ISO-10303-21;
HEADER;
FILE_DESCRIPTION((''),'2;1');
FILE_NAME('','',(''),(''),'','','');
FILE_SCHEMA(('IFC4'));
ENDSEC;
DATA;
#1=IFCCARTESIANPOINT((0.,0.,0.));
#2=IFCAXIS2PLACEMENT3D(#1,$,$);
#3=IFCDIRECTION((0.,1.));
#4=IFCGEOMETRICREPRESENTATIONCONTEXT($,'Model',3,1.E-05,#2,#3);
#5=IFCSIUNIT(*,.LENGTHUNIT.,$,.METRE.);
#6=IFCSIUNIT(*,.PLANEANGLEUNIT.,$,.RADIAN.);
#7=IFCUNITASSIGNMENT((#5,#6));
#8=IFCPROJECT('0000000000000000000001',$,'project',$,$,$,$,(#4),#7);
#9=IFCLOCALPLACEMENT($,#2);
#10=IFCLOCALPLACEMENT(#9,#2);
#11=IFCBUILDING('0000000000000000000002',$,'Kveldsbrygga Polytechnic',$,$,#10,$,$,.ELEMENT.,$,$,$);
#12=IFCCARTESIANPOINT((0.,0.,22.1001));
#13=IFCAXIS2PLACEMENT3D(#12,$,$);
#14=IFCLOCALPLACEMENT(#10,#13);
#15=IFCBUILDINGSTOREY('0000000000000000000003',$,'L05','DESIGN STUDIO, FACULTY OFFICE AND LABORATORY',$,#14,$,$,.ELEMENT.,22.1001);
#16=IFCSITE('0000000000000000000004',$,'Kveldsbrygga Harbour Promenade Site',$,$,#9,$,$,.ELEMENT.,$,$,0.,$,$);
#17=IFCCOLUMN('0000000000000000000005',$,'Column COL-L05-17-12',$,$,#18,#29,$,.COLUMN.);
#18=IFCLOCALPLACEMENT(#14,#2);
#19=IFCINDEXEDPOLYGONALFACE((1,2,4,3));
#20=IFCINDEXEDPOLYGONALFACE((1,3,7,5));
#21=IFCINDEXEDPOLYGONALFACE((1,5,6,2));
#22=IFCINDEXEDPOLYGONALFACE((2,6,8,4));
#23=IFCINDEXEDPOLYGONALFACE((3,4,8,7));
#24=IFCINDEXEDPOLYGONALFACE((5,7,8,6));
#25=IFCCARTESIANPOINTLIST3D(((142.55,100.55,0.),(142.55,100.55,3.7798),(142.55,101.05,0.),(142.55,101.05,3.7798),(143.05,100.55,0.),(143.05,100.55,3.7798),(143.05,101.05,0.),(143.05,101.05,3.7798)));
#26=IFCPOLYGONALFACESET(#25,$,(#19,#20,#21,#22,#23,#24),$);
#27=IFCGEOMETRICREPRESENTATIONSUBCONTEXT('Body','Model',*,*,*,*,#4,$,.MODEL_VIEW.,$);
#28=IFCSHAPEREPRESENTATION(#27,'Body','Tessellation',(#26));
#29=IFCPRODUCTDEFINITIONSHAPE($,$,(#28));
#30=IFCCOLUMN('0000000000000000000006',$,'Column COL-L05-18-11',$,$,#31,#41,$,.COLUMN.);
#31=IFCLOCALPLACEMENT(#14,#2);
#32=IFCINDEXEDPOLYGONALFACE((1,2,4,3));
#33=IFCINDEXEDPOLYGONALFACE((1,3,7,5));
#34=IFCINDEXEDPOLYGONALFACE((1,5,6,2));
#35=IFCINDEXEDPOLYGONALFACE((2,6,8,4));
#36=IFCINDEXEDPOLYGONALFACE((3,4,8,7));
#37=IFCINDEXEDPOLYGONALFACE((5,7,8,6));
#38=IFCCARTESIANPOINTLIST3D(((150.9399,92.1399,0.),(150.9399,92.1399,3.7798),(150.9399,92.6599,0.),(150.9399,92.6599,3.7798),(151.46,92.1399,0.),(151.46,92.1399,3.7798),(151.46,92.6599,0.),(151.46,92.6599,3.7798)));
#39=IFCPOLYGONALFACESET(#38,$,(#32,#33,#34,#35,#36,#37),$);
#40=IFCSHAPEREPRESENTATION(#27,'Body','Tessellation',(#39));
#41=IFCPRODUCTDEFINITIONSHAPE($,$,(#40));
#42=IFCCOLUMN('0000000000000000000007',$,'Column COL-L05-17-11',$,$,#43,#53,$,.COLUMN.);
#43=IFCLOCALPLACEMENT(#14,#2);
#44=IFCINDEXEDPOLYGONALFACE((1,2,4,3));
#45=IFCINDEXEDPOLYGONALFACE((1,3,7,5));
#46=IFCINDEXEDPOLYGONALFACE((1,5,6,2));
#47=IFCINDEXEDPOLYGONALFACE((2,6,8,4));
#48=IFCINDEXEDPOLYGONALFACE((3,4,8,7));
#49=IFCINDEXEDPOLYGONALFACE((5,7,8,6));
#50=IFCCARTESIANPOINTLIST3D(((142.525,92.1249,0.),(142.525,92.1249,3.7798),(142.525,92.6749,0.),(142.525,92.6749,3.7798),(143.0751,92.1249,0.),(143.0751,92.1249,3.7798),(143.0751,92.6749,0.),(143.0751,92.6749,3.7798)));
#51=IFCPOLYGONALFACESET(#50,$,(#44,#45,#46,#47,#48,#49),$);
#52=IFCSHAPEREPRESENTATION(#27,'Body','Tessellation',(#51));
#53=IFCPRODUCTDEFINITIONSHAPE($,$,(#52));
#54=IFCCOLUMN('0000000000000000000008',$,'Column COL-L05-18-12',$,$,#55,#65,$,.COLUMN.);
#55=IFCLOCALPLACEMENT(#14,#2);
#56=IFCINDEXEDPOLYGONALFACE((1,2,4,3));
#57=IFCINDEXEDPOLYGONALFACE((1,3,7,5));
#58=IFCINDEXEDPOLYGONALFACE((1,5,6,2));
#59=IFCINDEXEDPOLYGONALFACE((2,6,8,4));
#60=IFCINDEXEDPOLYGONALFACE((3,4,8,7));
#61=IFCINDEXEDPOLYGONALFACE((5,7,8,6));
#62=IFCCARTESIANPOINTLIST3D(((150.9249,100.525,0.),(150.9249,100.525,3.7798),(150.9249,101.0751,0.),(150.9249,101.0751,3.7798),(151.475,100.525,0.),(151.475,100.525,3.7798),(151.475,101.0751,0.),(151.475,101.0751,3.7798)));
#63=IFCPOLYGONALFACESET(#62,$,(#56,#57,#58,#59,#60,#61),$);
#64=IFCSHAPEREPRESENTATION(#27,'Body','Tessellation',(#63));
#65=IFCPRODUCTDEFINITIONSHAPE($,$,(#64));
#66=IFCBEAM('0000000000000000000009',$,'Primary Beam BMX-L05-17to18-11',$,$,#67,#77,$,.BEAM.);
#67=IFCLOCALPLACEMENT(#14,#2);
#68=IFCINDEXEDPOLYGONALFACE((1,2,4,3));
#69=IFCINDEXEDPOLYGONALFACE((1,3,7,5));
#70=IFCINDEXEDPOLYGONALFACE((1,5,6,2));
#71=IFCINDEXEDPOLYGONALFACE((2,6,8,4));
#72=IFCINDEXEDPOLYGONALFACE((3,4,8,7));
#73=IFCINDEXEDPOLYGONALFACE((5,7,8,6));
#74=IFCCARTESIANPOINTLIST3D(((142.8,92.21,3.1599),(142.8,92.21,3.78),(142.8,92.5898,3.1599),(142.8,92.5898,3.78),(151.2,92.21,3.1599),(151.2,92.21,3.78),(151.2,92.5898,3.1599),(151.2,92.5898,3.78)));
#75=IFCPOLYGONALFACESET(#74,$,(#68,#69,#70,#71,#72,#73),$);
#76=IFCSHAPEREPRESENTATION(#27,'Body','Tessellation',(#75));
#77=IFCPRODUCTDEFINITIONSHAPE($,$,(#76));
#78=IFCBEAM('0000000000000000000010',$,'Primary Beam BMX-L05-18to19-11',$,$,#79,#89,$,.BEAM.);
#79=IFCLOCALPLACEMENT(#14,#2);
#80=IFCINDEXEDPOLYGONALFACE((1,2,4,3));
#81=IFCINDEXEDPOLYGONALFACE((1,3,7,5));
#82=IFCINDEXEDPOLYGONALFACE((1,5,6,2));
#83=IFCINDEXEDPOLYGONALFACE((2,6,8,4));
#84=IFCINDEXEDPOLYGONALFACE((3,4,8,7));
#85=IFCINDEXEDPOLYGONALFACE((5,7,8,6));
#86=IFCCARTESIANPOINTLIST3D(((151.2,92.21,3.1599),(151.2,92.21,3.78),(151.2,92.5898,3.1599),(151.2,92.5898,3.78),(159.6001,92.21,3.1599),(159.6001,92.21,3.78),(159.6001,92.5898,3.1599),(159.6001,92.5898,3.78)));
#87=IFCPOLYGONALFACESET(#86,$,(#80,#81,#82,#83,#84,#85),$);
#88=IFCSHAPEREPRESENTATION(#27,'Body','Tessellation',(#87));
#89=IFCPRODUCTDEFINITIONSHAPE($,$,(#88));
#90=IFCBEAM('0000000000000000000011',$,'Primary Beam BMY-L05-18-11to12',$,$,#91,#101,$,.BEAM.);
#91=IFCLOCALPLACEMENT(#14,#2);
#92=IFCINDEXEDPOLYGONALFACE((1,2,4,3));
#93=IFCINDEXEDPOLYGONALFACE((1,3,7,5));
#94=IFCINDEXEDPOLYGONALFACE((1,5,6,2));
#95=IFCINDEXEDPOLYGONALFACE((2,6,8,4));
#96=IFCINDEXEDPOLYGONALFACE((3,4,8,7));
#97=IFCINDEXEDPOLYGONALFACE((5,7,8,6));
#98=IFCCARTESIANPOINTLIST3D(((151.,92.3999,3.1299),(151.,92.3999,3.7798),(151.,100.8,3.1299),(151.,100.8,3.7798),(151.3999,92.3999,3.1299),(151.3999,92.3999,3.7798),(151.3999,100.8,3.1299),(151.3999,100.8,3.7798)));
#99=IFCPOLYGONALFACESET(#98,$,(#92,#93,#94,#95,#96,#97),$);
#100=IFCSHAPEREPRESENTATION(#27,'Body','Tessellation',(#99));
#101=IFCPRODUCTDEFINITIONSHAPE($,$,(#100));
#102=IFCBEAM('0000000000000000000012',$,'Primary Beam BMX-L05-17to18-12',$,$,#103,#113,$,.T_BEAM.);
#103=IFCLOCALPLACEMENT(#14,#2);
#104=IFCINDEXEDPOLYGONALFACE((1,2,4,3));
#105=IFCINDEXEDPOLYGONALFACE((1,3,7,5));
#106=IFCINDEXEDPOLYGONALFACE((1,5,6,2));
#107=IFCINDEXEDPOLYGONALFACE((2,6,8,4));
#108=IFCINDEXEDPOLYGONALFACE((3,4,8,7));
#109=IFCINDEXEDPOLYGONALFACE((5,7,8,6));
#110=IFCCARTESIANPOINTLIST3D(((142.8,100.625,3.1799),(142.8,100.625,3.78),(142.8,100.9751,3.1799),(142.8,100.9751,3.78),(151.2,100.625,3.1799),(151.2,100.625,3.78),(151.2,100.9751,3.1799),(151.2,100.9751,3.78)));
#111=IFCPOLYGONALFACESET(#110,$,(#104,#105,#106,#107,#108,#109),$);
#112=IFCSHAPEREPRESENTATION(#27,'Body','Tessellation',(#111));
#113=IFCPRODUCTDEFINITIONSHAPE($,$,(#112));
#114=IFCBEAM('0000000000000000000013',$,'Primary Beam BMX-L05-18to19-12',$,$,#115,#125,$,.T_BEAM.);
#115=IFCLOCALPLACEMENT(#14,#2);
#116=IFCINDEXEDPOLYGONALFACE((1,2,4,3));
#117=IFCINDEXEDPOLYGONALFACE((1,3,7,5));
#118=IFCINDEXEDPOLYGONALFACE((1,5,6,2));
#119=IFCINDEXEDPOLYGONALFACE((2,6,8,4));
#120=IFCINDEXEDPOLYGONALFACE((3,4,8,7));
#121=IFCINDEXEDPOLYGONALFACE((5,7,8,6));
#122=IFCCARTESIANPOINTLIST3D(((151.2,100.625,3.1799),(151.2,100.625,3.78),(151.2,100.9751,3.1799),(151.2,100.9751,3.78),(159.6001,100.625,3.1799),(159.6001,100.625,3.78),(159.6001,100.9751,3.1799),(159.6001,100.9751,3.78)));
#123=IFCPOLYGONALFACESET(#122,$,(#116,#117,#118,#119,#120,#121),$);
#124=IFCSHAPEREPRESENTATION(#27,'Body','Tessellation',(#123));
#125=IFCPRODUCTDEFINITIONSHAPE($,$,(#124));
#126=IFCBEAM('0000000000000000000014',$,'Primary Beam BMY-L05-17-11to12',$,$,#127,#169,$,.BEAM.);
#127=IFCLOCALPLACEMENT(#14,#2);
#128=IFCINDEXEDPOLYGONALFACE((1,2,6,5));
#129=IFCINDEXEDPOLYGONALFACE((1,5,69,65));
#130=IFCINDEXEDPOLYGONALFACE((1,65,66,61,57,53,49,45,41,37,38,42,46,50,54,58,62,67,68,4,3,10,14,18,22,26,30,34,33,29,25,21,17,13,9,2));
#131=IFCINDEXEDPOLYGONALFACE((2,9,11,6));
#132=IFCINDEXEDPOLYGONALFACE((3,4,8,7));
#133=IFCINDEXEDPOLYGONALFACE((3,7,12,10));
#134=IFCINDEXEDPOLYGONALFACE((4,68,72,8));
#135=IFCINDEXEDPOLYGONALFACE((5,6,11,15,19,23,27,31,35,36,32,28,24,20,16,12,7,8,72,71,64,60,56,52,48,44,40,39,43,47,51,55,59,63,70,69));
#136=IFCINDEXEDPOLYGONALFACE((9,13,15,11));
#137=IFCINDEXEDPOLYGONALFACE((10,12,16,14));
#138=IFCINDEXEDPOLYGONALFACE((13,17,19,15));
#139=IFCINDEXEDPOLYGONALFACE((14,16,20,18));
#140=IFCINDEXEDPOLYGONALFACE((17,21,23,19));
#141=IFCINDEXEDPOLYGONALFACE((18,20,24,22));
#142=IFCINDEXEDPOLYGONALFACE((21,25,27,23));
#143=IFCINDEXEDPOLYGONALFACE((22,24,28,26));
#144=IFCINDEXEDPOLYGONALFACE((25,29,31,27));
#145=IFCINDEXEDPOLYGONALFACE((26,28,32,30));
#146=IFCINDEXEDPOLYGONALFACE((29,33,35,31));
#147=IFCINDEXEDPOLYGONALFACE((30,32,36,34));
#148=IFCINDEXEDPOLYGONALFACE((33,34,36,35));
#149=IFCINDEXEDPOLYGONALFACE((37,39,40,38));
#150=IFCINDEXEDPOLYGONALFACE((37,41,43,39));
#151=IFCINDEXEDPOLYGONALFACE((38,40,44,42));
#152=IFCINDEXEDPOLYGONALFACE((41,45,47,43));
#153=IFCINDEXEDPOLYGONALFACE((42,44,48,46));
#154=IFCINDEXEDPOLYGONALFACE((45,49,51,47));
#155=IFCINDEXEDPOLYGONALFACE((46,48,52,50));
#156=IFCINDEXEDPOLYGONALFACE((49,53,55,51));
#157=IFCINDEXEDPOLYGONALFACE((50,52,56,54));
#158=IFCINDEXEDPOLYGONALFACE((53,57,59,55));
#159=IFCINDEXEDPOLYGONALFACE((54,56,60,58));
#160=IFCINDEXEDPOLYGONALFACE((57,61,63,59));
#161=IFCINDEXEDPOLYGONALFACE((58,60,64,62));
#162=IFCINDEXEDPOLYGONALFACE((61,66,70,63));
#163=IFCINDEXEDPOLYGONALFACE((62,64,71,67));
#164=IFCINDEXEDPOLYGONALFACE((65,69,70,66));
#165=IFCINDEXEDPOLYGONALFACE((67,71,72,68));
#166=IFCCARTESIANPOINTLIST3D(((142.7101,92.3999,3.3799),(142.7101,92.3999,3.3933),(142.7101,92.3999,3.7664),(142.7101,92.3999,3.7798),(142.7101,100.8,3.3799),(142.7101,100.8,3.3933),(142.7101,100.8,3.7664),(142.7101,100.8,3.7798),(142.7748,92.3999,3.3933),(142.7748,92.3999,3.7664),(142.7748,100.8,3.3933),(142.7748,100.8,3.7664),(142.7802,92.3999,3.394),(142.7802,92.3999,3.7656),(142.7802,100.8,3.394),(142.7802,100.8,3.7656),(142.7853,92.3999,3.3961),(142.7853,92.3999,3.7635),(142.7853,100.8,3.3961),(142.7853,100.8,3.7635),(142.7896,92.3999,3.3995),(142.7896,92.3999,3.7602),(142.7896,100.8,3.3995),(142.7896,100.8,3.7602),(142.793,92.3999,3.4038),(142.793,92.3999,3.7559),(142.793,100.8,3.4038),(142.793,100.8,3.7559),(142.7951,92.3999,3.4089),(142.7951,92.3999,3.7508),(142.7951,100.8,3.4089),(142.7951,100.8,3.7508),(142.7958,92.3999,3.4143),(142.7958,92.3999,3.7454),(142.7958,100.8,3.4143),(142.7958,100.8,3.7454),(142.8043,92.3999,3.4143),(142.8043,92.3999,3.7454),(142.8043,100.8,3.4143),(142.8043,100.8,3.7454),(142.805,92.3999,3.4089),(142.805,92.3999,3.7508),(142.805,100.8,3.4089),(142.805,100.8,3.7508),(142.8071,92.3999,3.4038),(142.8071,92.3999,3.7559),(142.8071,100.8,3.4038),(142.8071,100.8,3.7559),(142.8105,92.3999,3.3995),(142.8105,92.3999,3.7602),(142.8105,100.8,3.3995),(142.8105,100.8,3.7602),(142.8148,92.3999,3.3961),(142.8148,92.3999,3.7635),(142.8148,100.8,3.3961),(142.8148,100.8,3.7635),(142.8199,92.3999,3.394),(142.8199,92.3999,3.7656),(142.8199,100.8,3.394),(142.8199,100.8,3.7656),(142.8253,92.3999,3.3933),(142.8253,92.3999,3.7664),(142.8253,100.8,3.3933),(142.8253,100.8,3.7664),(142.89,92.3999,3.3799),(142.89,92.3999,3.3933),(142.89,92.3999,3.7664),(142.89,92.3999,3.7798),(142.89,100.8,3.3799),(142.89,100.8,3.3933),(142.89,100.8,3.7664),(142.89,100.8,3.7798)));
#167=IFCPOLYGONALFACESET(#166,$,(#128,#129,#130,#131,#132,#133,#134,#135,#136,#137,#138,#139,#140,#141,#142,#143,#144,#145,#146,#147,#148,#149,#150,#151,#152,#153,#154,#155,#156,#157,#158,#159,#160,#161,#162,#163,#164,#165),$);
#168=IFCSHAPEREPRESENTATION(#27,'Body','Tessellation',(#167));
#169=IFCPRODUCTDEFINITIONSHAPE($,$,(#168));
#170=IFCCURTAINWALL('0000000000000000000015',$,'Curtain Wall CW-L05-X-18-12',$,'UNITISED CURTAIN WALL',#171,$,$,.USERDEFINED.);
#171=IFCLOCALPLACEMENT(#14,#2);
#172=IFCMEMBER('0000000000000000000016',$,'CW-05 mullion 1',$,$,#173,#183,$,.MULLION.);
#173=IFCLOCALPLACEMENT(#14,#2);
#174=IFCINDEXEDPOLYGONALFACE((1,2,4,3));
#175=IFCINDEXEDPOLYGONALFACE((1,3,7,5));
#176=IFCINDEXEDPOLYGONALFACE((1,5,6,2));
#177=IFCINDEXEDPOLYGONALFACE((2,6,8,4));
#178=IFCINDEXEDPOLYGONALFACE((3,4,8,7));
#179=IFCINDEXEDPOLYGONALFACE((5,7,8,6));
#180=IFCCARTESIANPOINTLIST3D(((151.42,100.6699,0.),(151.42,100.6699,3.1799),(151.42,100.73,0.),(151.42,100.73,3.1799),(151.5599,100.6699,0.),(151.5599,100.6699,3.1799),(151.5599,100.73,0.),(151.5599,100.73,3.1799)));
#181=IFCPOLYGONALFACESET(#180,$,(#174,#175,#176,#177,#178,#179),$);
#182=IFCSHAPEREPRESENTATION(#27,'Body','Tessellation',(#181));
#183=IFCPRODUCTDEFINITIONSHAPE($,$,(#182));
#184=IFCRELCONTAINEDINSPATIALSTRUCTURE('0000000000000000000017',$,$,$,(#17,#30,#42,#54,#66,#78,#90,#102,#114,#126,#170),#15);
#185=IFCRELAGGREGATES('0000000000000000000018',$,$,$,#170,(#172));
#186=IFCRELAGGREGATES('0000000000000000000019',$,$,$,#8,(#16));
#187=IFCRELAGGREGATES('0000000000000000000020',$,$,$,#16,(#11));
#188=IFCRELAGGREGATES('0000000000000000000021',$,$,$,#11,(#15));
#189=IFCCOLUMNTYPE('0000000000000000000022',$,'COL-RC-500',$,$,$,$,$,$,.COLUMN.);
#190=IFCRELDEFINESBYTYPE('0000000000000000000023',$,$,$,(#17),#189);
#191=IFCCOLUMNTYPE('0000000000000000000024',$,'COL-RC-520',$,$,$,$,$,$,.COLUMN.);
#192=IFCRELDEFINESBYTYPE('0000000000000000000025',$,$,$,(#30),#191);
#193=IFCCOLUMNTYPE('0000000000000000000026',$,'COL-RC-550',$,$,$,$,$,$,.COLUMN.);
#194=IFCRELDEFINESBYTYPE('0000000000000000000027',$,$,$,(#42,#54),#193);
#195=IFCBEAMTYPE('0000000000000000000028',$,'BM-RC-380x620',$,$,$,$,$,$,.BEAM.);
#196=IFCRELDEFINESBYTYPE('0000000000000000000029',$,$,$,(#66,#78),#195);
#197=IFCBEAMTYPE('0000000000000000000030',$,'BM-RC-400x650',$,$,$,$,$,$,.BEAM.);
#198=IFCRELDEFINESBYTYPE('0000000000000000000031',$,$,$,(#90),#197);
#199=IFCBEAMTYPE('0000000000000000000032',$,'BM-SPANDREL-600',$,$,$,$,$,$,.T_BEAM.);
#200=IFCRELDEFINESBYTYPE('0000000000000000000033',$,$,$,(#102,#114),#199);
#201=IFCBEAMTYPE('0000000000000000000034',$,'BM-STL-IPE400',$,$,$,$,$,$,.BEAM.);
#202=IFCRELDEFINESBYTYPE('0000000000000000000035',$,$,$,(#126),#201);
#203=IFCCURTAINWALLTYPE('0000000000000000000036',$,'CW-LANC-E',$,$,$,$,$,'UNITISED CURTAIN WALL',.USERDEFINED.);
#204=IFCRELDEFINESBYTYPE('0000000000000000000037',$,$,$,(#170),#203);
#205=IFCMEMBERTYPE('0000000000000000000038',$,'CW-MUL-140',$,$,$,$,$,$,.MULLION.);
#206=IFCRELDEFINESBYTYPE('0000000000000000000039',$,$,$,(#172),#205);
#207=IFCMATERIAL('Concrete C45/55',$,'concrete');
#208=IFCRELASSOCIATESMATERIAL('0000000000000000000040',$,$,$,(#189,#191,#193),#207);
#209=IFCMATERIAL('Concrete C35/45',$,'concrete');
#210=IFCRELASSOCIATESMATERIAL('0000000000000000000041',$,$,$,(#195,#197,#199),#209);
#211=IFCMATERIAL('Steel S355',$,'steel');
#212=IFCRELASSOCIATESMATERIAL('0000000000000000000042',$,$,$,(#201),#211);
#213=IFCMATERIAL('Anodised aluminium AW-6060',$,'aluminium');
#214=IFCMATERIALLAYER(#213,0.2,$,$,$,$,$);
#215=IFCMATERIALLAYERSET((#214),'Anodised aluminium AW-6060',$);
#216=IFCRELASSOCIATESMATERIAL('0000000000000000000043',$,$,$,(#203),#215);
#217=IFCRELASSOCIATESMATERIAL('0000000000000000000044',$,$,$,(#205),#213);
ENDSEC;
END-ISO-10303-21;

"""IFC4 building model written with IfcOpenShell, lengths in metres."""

from ifc_helpers import new_model, si_unit, direction, frame, origin, origin_2d, place, context, subcontext, project, spatial, rectangle, i_section, extrude, material, layer, layer_set, material_profile, profile_set, type_object, element, aggregate, save


model = new_model("IFC4")

# Units and contexts
model_context = context("Model", 3, precision=1e-05, world=origin(), true_north=direction((0.0, 1.0)))
body_context = subcontext(model_context, "Body", "Model", "MODEL_VIEW")
ifc_project = project(units=[si_unit("LENGTHUNIT", "METRE"), si_unit("PLANEANGLEUNIT", "RADIAN")], contexts=[model_context])

# Site, building, storey
site_placement = place(None, origin())
site = spatial("IfcSite", under=ifc_project, at=site_placement, Name="Kveldsbrygga Harbour Promenade Site", CompositionType="ELEMENT", RefElevation=0.0)
building_placement = place(site_placement, origin())
building = spatial("IfcBuilding", under=site, at=building_placement, Name="Kveldsbrygga Polytechnic", CompositionType="ELEMENT")
storey_placement = place(building_placement, frame((0.0, 0.0, 22.1001)))
storey = spatial("IfcBuildingStorey", under=building, at=storey_placement, Name="L05", Description="DESIGN STUDIO, FACULTY OFFICE AND LABORATORY", CompositionType="ELEMENT", Elevation=22.1001)

# Columns
ifc_material_1 = material(Name="Concrete C45/55", Category="concrete")
ifc_material_profile_1 = material_profile(ifc_material_1, rectangle(XDim=0.5, YDim=0.5, at=origin_2d()), Name="RC 500x500")
ifc_profile_set_1 = profile_set([ifc_material_profile_1], Name="Concrete C45/55")
column_type_1 = type_object("IfcColumnType", Name="COL-RC-500", PredefinedType="COLUMN", material=ifc_profile_set_1)
column_1_placement = place(storey_placement, frame((142.8, 100.8, 0.0), z_axis=(0.0, 0.0, 1.0), x_axis=(1.0, 0.0, 0.0)))
element("IfcColumn", 1, at=column_1_placement, inside=storey, type_object=column_type_1, Name="Column COL-L05-17-12", PredefinedType="COLUMN", context=body_context, shape_type="SweptSolid", body=[
    extrude(rectangle(XDim=0.5, YDim=0.5, at=origin_2d()), origin(), (0.0, 0.0, 1.0), 3.7798),
])
ifc_material_profile_2 = material_profile(ifc_material_1, rectangle(XDim=0.52, YDim=0.52, at=origin_2d()), Name="RC 520x520")
ifc_profile_set_2 = profile_set([ifc_material_profile_2], Name="Concrete C45/55")
column_type_2 = type_object("IfcColumnType", Name="COL-RC-520", PredefinedType="COLUMN", material=ifc_profile_set_2)
column_2_placement = place(storey_placement, frame((151.2, 92.3999, 0.0), z_axis=(0.0, 0.0, 1.0), x_axis=(1.0, 0.0, 0.0)))
element("IfcColumn", 2, at=column_2_placement, inside=storey, type_object=column_type_2, Name="Column COL-L05-18-11", PredefinedType="COLUMN", context=body_context, shape_type="SweptSolid", body=[
    extrude(rectangle(XDim=0.52, YDim=0.52, at=origin_2d()), origin(), (0.0, 0.0, 1.0), 3.7798),
])
ifc_material_profile_3 = material_profile(ifc_material_1, rectangle(XDim=0.55, YDim=0.55, at=origin_2d()), Name="RC 550x550")
ifc_profile_set_3 = profile_set([ifc_material_profile_3], Name="Concrete C45/55")
column_type_3 = type_object("IfcColumnType", Name="COL-RC-550", PredefinedType="COLUMN", material=ifc_profile_set_3)
for number, where, z_axis, x_axis, name in (
    (3, (142.8, 92.3999, 0.0), (0.0, 0.0, 1.0), (1.0, 0.0, 0.0), "Column COL-L05-17-11"),
    (4, (151.2, 100.8, 0.0), (0.0, 0.0, 1.0), (1.0, 0.0, 0.0), "Column COL-L05-18-12"),
):
    element("IfcColumn", number, at=place(storey_placement, frame(where, z_axis=z_axis, x_axis=x_axis)), inside=storey, type_object=column_type_3, Name=name, PredefinedType="COLUMN", context=body_context, shape_type="SweptSolid", body=[
        extrude(rectangle(XDim=0.55, YDim=0.55, at=origin_2d()), origin(), (0.0, 0.0, 1.0), 3.7798),
    ])

# Beams
ifc_material_2 = material(Name="Concrete C35/45", Category="concrete")
ifc_material_profile_4 = material_profile(ifc_material_2, rectangle(XDim=0.3799, YDim=0.6201, at=origin_2d()), Name="RC 380x620")
ifc_profile_set_4 = profile_set([ifc_material_profile_4], Name="Concrete C35/45")
beam_type_1 = type_object("IfcBeamType", Name="BM-RC-380x620", PredefinedType="BEAM", material=ifc_profile_set_4)
beam_1_placement = place(storey_placement, frame((142.8, 92.3999, 3.47), z_axis=(1.0, 0.0, 0.0), x_axis=(0.0, 1.0, 0.0)))
element("IfcBeam", 5, at=beam_1_placement, inside=storey, type_object=beam_type_1, Name="Primary Beam BMX-L05-17to18-11", PredefinedType="BEAM", context=body_context, shape_type="SweptSolid", body=[
    extrude(rectangle(XDim=0.3799, YDim=0.6201, at=origin_2d()), origin(), (0.0, 0.0, 1.0), 8.3999),
])
beam_2_placement = place(storey_placement, frame((151.2, 92.3999, 3.47), z_axis=(1.0, 0.0, 0.0), x_axis=(0.0, 1.0, 0.0)))
element("IfcBeam", 6, at=beam_2_placement, inside=storey, type_object=beam_type_1, Name="Primary Beam BMX-L05-18to19-11", PredefinedType="BEAM", context=body_context, shape_type="SweptSolid", body=[
    extrude(rectangle(XDim=0.3799, YDim=0.6201, at=origin_2d()), origin(), (0.0, 0.0, 1.0), 8.4001),
])
ifc_material_profile_5 = material_profile(ifc_material_2, rectangle(XDim=0.3999, YDim=0.6499, at=origin_2d()), Name="RC 400x650")
ifc_profile_set_5 = profile_set([ifc_material_profile_5], Name="Concrete C35/45")
beam_type_2 = type_object("IfcBeamType", Name="BM-RC-400x650", PredefinedType="BEAM", material=ifc_profile_set_5)
beam_3_placement = place(storey_placement, frame((151.2, 92.3999, 3.4548), z_axis=(0.0, 1.0, 0.0), x_axis=(-1.0, 0.0, 0.0)))
element("IfcBeam", 7, at=beam_3_placement, inside=storey, type_object=beam_type_2, Name="Primary Beam BMY-L05-18-11to12", PredefinedType="BEAM", context=body_context, shape_type="SweptSolid", body=[
    extrude(rectangle(XDim=0.3999, YDim=0.6499, at=origin_2d()), origin(), (0.0, 0.0, 1.0), 8.4001),
])
ifc_material_profile_6 = material_profile(ifc_material_2, rectangle(XDim=0.3501, YDim=0.6001, at=origin_2d()), Name="RC 350x600")
ifc_profile_set_6 = profile_set([ifc_material_profile_6], Name="Concrete C35/45")
beam_type_3 = type_object("IfcBeamType", Name="BM-SPANDREL-600", PredefinedType="T_BEAM", material=ifc_profile_set_6)
beam_4_placement = place(storey_placement, frame((142.8, 100.8, 3.48), z_axis=(1.0, 0.0, 0.0), x_axis=(0.0, 1.0, 0.0)))
element("IfcBeam", 8, at=beam_4_placement, inside=storey, type_object=beam_type_3, Name="Primary Beam BMX-L05-17to18-12", PredefinedType="T_BEAM", context=body_context, shape_type="SweptSolid", body=[
    extrude(rectangle(XDim=0.3501, YDim=0.6001, at=origin_2d()), origin(), (0.0, 0.0, 1.0), 8.3999),
])
beam_5_placement = place(storey_placement, frame((151.2, 100.8, 3.48), z_axis=(1.0, 0.0, 0.0), x_axis=(0.0, 1.0, 0.0)))
element("IfcBeam", 9, at=beam_5_placement, inside=storey, type_object=beam_type_3, Name="Primary Beam BMX-L05-18to19-12", PredefinedType="T_BEAM", context=body_context, shape_type="SweptSolid", body=[
    extrude(rectangle(XDim=0.3501, YDim=0.6001, at=origin_2d()), origin(), (0.0, 0.0, 1.0), 8.4001),
])
ifc_material_3 = material(Name="Steel S355", Category="steel")
ifc_material_profile_7 = material_profile(ifc_material_3, i_section(OverallWidth=0.1799, OverallDepth=0.3999, WebThickness=0.0085, FlangeThickness=0.0134, FilletRadius=0.021, at=origin_2d()), Name="IPE 400")
ifc_profile_set_7 = profile_set([ifc_material_profile_7], Name="Steel S355")
beam_type_4 = type_object("IfcBeamType", Name="BM-STL-IPE400", PredefinedType="BEAM", material=ifc_profile_set_7)
beam_6_placement = place(storey_placement, frame((142.8, 92.3999, 3.5798), z_axis=(0.0, 1.0, 0.0), x_axis=(-1.0, 0.0, 0.0)))
element("IfcBeam", 10, at=beam_6_placement, inside=storey, type_object=beam_type_4, Name="Primary Beam BMY-L05-17-11to12", PredefinedType="BEAM", context=body_context, shape_type="SweptSolid", body=[
    extrude(i_section(OverallWidth=0.1799, OverallDepth=0.3999, WebThickness=0.0085, FlangeThickness=0.0134, FilletRadius=0.021, at=origin_2d()), origin(), (0.0, 0.0, 1.0), 8.4001),
])

# Curtain wall, member
ifc_material_4 = material(Name="Anodised aluminium AW-6060", Category="aluminium")
ifc_layer_1 = layer(ifc_material_4, 0.2)
ifc_layer_set_1 = layer_set([ifc_layer_1], Name="Anodised aluminium AW-6060")
curtain_wall_type = type_object("IfcCurtainWallType", Name="CW-LANC-E", ElementType="UNITISED CURTAIN WALL", PredefinedType="USERDEFINED", material=ifc_layer_set_1)
curtain_wall_placement = place(storey_placement, origin())
curtain_wall = element("IfcCurtainWall", 11, at=curtain_wall_placement, inside=storey, type_object=curtain_wall_type, Name="Curtain Wall CW-L05-X-18-12", ObjectType="UNITISED CURTAIN WALL", PredefinedType="USERDEFINED")
ifc_material_profile_8 = material_profile(ifc_material_4, rectangle(XDim=0.0601, YDim=0.1399, at=origin_2d()), Name="ALU 60x140")
ifc_profile_set_8 = profile_set([ifc_material_profile_8], Name="Anodised aluminium AW-6060")
member_type_1 = type_object("IfcMemberType", Name="CW-MUL-140", PredefinedType="MULLION", material=ifc_profile_set_8)
member_1_placement = place(storey_placement, frame((151.49, 100.7, 0.0), z_axis=(0.0, 0.0, 1.0), x_axis=(0.0, 1.0, 0.0)))
member_1 = element("IfcMember", 12, at=member_1_placement, type_object=member_type_1, Name="CW-05 mullion 1", PredefinedType="MULLION", context=body_context, shape_type="SweptSolid", body=[
    extrude(rectangle(XDim=0.0601, YDim=0.1399, at=origin_2d()), origin(), (0.0, 0.0, 1.0), 3.1799),
])

aggregate(curtain_wall, [member_1])

save(model, "model.ifc")
